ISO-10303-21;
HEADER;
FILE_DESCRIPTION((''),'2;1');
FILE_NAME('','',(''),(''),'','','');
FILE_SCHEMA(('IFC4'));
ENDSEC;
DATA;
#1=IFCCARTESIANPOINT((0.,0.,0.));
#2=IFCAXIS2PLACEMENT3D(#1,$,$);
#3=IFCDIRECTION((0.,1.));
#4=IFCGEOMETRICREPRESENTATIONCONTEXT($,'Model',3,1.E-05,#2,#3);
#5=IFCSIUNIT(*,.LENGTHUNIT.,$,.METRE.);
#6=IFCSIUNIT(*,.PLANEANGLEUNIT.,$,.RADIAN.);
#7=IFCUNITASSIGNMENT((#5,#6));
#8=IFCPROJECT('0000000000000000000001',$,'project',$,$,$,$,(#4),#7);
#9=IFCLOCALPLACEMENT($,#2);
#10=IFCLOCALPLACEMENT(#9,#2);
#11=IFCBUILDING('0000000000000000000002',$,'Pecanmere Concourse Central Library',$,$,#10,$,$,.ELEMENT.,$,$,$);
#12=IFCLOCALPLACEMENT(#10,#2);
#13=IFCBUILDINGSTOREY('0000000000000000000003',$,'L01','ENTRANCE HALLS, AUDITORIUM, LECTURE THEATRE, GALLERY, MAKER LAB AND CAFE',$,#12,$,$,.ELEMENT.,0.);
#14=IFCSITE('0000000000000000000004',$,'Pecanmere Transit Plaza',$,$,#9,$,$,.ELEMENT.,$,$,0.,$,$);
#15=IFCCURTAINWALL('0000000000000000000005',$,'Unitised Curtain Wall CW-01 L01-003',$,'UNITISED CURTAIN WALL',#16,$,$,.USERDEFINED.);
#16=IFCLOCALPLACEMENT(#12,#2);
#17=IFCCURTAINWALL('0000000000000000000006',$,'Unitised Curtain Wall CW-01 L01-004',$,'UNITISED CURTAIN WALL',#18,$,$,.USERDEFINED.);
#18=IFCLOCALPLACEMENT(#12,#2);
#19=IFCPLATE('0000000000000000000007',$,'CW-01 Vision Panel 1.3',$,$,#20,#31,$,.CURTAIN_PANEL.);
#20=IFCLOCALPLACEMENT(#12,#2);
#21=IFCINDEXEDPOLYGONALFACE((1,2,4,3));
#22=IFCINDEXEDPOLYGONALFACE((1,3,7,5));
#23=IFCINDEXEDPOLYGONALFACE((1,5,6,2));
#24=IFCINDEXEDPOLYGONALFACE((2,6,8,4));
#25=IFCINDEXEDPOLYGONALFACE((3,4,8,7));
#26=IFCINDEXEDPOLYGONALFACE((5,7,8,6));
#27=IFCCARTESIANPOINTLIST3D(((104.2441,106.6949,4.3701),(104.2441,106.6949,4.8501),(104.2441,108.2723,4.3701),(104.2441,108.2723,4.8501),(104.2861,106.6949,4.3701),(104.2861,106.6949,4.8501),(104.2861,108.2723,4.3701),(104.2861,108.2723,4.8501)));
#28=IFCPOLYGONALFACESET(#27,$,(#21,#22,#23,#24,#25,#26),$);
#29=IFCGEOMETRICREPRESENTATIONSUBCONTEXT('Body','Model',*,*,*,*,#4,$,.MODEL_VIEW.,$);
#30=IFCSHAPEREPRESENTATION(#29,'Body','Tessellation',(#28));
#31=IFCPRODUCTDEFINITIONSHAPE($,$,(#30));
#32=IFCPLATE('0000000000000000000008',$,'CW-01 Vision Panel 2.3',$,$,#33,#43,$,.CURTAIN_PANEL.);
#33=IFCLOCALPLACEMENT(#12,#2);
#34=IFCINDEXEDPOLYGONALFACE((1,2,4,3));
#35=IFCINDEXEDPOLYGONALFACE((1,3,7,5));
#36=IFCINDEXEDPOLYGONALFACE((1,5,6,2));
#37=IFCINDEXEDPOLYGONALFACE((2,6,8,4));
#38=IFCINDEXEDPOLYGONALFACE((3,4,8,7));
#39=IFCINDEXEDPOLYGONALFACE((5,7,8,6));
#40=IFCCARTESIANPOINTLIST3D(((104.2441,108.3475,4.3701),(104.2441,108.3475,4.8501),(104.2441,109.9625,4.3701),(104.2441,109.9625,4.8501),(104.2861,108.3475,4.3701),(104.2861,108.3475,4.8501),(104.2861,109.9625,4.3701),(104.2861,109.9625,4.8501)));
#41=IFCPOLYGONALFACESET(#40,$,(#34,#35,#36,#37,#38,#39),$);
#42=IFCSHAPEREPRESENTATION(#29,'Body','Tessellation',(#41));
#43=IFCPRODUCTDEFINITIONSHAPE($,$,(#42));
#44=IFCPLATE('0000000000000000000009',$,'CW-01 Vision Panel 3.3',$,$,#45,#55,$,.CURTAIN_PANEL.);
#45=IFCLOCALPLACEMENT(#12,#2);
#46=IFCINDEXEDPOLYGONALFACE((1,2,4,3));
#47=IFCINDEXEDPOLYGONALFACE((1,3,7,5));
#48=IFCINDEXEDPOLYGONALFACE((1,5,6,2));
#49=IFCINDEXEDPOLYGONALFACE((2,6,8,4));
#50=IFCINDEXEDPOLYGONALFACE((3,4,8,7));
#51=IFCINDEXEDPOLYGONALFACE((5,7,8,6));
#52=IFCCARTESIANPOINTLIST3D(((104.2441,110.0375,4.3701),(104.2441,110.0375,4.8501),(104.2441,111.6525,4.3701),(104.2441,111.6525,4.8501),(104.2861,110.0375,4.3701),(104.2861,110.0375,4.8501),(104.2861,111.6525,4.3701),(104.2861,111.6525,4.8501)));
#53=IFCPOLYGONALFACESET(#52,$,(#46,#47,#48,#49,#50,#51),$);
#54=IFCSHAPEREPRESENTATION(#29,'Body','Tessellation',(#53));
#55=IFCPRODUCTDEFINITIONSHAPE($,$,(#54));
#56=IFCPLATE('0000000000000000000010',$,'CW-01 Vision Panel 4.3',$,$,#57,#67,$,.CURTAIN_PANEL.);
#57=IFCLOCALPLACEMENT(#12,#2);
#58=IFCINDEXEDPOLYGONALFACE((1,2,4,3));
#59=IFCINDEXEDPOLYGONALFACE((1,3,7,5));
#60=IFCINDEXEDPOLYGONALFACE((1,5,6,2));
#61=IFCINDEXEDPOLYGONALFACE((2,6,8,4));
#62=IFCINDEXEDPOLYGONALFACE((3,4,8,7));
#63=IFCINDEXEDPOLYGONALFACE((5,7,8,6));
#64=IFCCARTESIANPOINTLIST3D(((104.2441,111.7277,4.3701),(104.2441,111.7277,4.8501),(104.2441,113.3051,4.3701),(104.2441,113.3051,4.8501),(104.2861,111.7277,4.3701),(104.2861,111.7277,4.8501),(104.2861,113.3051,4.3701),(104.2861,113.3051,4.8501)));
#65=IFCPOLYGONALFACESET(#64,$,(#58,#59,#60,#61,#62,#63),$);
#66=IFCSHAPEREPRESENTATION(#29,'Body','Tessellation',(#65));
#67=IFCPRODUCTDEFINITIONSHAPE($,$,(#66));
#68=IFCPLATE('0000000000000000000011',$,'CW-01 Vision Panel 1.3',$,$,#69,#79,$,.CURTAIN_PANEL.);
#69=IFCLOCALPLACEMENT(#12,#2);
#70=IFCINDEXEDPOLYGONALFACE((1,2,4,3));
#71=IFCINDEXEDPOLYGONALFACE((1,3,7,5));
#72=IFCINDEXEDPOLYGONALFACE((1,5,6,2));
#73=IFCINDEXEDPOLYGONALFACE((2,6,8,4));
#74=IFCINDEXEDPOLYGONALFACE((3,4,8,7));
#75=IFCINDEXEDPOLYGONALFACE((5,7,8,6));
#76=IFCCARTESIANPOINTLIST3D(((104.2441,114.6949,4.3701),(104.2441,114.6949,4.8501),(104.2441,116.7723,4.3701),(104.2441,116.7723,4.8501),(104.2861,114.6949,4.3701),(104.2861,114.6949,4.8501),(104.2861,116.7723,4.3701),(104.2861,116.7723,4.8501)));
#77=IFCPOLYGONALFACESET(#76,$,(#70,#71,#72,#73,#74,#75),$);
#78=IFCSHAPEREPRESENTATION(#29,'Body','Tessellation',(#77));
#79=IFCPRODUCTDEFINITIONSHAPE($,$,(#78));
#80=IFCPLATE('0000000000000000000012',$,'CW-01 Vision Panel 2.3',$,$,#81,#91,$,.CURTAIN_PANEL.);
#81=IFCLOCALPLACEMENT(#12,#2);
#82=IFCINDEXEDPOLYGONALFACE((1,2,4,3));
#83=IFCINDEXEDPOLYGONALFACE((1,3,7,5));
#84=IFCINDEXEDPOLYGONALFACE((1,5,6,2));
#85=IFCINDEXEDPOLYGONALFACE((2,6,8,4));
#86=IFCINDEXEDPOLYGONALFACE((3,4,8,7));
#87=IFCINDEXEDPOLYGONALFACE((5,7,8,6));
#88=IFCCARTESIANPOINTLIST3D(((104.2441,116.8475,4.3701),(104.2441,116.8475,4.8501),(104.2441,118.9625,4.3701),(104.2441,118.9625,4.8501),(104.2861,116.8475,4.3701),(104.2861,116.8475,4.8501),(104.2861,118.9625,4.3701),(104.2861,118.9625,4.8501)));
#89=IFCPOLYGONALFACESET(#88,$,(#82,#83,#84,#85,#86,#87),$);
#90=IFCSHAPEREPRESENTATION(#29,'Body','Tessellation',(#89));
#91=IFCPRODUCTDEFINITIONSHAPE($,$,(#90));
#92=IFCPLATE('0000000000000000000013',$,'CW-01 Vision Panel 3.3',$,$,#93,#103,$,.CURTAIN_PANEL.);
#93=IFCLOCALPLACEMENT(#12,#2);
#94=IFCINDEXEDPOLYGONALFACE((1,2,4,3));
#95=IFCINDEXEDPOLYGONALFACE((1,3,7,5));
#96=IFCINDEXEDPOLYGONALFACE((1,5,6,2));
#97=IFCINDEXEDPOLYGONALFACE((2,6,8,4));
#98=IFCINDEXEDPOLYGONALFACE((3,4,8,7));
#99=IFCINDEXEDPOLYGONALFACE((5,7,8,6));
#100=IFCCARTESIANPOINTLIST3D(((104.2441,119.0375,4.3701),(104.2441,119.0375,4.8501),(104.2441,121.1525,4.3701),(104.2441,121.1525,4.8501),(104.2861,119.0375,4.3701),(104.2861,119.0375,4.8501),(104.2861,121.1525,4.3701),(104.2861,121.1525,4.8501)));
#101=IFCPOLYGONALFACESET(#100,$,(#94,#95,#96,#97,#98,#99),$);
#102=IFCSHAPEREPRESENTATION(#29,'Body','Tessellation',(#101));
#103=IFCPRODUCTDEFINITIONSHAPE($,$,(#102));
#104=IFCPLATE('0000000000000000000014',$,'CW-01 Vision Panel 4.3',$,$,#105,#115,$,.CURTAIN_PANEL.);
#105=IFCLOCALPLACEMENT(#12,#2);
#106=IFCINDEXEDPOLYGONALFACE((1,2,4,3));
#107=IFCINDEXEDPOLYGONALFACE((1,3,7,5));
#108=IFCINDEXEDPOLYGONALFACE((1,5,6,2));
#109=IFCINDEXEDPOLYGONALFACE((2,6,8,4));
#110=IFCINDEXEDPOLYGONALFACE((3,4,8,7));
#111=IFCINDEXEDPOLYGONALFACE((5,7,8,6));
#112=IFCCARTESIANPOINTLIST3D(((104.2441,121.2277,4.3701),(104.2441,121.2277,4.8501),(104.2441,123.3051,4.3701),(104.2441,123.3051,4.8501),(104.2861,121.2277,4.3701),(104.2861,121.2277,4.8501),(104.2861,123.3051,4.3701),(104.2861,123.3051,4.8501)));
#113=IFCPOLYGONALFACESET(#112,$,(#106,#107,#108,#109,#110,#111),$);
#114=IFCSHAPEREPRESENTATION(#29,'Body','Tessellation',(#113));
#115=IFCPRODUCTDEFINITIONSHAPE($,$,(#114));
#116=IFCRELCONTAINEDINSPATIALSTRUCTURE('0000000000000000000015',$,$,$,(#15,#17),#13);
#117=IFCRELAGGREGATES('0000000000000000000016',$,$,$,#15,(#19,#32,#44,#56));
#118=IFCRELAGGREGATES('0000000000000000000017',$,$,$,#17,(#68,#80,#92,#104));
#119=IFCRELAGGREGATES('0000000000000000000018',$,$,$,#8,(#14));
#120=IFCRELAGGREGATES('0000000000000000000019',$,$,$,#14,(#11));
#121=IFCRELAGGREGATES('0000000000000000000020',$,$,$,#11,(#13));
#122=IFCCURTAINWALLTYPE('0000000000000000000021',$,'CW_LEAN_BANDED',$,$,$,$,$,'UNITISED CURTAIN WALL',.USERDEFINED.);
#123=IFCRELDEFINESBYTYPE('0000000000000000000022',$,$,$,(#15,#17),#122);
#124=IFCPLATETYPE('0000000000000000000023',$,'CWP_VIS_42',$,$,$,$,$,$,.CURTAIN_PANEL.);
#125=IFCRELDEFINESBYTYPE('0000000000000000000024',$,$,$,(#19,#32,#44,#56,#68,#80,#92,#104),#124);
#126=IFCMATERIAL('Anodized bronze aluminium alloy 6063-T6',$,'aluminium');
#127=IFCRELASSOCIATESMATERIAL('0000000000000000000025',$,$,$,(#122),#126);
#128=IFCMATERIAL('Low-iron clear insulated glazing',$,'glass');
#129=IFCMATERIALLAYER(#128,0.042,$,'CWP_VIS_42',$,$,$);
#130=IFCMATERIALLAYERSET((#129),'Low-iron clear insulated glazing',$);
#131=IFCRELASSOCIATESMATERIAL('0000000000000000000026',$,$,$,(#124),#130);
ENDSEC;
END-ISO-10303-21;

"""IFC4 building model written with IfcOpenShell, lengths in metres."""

from ifc_helpers import new_model, si_unit, direction, frame, origin, origin_2d, place, context, subcontext, project, spatial, rectangle, extrude, material, layer, layer_set, type_object, element, aggregate, save


model = new_model("IFC4")

# Units and contexts
model_context = context("Model", 3, precision=1e-05, world=origin(), true_north=direction((0.0, 1.0)))
body_context = subcontext(model_context, "Body", "Model", "MODEL_VIEW")
ifc_project = project(units=[si_unit("LENGTHUNIT", "METRE"), si_unit("PLANEANGLEUNIT", "RADIAN")], contexts=[model_context])

# Site, building, storey
site_placement = place(None, origin())
site = spatial("IfcSite", under=ifc_project, at=site_placement, Name="Pecanmere Transit Plaza", CompositionType="ELEMENT", RefElevation=0.0)
building_placement = place(site_placement, origin())
building = spatial("IfcBuilding", under=site, at=building_placement, Name="Pecanmere Concourse Central Library", CompositionType="ELEMENT")
storey_placement = place(building_placement, origin())
storey = spatial("IfcBuildingStorey", under=building, at=storey_placement, Name="L01", Description="ENTRANCE HALLS, AUDITORIUM, LECTURE THEATRE, GALLERY, MAKER LAB AND CAFE", CompositionType="ELEMENT", Elevation=0.0)

# Curtain walls
ifc_material_1 = material(Name="Anodized bronze aluminium alloy 6063-T6", Category="aluminium")
curtain_wall_type = type_object("IfcCurtainWallType", Name="CW_LEAN_BANDED", ElementType="UNITISED CURTAIN WALL", PredefinedType="USERDEFINED", material=ifc_material_1)
curtain_wall_1_placement = place(storey_placement, origin())
curtain_wall_1 = element("IfcCurtainWall", 1, at=curtain_wall_1_placement, inside=storey, type_object=curtain_wall_type, Name="Unitised Curtain Wall CW-01 L01-003", ObjectType="UNITISED CURTAIN WALL", PredefinedType="USERDEFINED")
curtain_wall_2_placement = place(storey_placement, origin())
curtain_wall_2 = element("IfcCurtainWall", 2, at=curtain_wall_2_placement, inside=storey, type_object=curtain_wall_type, Name="Unitised Curtain Wall CW-01 L01-004", ObjectType="UNITISED CURTAIN WALL", PredefinedType="USERDEFINED")

# Plates
ifc_material_2 = material(Name="Low-iron clear insulated glazing", Category="glass")
ifc_layer = layer(ifc_material_2, 0.042, Name="CWP_VIS_42")
ifc_layer_set = layer_set([ifc_layer], Name="Low-iron clear insulated glazing")
plate_type = type_object("IfcPlateType", Name="CWP_VIS_42", PredefinedType="CURTAIN_PANEL", material=ifc_layer_set)
plate_1_placement = place(storey_placement, frame((104.2651, 107.4836, 4.3701), z_axis=(0.0, 0.0, 1.0), x_axis=(0.0, 1.0, 0.0)))
plate_1 = element("IfcPlate", 3, at=plate_1_placement, type_object=plate_type, Name="CW-01 Vision Panel 1.3", PredefinedType="CURTAIN_PANEL", context=body_context, shape_type="SweptSolid", body=[
    extrude(rectangle(XDim=1.5774, YDim=0.042, at=origin_2d()), origin(), (0.0, 0.0, 1.0), 0.48),
])
plate_2_placement = place(storey_placement, frame((104.2651, 109.155, 4.3701), z_axis=(0.0, 0.0, 1.0), x_axis=(0.0, 1.0, 0.0)))
plate_2 = element("IfcPlate", 4, at=plate_2_placement, type_object=plate_type, Name="CW-01 Vision Panel 2.3", PredefinedType="CURTAIN_PANEL", context=body_context, shape_type="SweptSolid", body=[
    extrude(rectangle(XDim=1.615, YDim=0.042, at=origin_2d()), origin(), (0.0, 0.0, 1.0), 0.48),
])
plate_3_placement = place(storey_placement, frame((104.2651, 110.845, 4.3701), z_axis=(0.0, 0.0, 1.0), x_axis=(0.0, 1.0, 0.0)))
plate_3 = element("IfcPlate", 5, at=plate_3_placement, type_object=plate_type, Name="CW-01 Vision Panel 3.3", PredefinedType="CURTAIN_PANEL", context=body_context, shape_type="SweptSolid", body=[
    extrude(rectangle(XDim=1.615, YDim=0.042, at=origin_2d()), origin(), (0.0, 0.0, 1.0), 0.48),
])
plate_4_placement = place(storey_placement, frame((104.2651, 112.5164, 4.3701), z_axis=(0.0, 0.0, 1.0), x_axis=(0.0, 1.0, 0.0)))
plate_4 = element("IfcPlate", 6, at=plate_4_placement, type_object=plate_type, Name="CW-01 Vision Panel 4.3", PredefinedType="CURTAIN_PANEL", context=body_context, shape_type="SweptSolid", body=[
    extrude(rectangle(XDim=1.5774, YDim=0.042, at=origin_2d()), origin(), (0.0, 0.0, 1.0), 0.48),
])
aggregate(curtain_wall_1, [plate_1, plate_2, plate_3, plate_4])
plate_5_placement = place(storey_placement, frame((104.2651, 115.7336, 4.3701), z_axis=(0.0, 0.0, 1.0), x_axis=(0.0, 1.0, 0.0)))
plate_5 = element("IfcPlate", 7, at=plate_5_placement, type_object=plate_type, Name="CW-01 Vision Panel 1.3", PredefinedType="CURTAIN_PANEL", context=body_context, shape_type="SweptSolid", body=[
    extrude(rectangle(XDim=2.0774, YDim=0.042, at=origin_2d()), origin(), (0.0, 0.0, 1.0), 0.48),
])
plate_6_placement = place(storey_placement, frame((104.2651, 117.905, 4.3701), z_axis=(0.0, 0.0, 1.0), x_axis=(0.0, 1.0, 0.0)))
plate_6 = element("IfcPlate", 8, at=plate_6_placement, type_object=plate_type, Name="CW-01 Vision Panel 2.3", PredefinedType="CURTAIN_PANEL", context=body_context, shape_type="SweptSolid", body=[
    extrude(rectangle(XDim=2.115, YDim=0.042, at=origin_2d()), origin(), (0.0, 0.0, 1.0), 0.48),
])
plate_7_placement = place(storey_placement, frame((104.2651, 120.095, 4.3701), z_axis=(0.0, 0.0, 1.0), x_axis=(0.0, 1.0, 0.0)))
plate_7 = element("IfcPlate", 9, at=plate_7_placement, type_object=plate_type, Name="CW-01 Vision Panel 3.3", PredefinedType="CURTAIN_PANEL", context=body_context, shape_type="SweptSolid", body=[
    extrude(rectangle(XDim=2.115, YDim=0.042, at=origin_2d()), origin(), (0.0, 0.0, 1.0), 0.48),
])
plate_8_placement = place(storey_placement, frame((104.2651, 122.2664, 4.3701), z_axis=(0.0, 0.0, 1.0), x_axis=(0.0, 1.0, 0.0)))
plate_8 = element("IfcPlate", 10, at=plate_8_placement, type_object=plate_type, Name="CW-01 Vision Panel 4.3", PredefinedType="CURTAIN_PANEL", context=body_context, shape_type="SweptSolid", body=[
    extrude(rectangle(XDim=2.0774, YDim=0.042, at=origin_2d()), origin(), (0.0, 0.0, 1.0), 0.48),
])
aggregate(curtain_wall_2, [plate_5, plate_6, plate_7, plate_8])

save(model, "model.ifc")
